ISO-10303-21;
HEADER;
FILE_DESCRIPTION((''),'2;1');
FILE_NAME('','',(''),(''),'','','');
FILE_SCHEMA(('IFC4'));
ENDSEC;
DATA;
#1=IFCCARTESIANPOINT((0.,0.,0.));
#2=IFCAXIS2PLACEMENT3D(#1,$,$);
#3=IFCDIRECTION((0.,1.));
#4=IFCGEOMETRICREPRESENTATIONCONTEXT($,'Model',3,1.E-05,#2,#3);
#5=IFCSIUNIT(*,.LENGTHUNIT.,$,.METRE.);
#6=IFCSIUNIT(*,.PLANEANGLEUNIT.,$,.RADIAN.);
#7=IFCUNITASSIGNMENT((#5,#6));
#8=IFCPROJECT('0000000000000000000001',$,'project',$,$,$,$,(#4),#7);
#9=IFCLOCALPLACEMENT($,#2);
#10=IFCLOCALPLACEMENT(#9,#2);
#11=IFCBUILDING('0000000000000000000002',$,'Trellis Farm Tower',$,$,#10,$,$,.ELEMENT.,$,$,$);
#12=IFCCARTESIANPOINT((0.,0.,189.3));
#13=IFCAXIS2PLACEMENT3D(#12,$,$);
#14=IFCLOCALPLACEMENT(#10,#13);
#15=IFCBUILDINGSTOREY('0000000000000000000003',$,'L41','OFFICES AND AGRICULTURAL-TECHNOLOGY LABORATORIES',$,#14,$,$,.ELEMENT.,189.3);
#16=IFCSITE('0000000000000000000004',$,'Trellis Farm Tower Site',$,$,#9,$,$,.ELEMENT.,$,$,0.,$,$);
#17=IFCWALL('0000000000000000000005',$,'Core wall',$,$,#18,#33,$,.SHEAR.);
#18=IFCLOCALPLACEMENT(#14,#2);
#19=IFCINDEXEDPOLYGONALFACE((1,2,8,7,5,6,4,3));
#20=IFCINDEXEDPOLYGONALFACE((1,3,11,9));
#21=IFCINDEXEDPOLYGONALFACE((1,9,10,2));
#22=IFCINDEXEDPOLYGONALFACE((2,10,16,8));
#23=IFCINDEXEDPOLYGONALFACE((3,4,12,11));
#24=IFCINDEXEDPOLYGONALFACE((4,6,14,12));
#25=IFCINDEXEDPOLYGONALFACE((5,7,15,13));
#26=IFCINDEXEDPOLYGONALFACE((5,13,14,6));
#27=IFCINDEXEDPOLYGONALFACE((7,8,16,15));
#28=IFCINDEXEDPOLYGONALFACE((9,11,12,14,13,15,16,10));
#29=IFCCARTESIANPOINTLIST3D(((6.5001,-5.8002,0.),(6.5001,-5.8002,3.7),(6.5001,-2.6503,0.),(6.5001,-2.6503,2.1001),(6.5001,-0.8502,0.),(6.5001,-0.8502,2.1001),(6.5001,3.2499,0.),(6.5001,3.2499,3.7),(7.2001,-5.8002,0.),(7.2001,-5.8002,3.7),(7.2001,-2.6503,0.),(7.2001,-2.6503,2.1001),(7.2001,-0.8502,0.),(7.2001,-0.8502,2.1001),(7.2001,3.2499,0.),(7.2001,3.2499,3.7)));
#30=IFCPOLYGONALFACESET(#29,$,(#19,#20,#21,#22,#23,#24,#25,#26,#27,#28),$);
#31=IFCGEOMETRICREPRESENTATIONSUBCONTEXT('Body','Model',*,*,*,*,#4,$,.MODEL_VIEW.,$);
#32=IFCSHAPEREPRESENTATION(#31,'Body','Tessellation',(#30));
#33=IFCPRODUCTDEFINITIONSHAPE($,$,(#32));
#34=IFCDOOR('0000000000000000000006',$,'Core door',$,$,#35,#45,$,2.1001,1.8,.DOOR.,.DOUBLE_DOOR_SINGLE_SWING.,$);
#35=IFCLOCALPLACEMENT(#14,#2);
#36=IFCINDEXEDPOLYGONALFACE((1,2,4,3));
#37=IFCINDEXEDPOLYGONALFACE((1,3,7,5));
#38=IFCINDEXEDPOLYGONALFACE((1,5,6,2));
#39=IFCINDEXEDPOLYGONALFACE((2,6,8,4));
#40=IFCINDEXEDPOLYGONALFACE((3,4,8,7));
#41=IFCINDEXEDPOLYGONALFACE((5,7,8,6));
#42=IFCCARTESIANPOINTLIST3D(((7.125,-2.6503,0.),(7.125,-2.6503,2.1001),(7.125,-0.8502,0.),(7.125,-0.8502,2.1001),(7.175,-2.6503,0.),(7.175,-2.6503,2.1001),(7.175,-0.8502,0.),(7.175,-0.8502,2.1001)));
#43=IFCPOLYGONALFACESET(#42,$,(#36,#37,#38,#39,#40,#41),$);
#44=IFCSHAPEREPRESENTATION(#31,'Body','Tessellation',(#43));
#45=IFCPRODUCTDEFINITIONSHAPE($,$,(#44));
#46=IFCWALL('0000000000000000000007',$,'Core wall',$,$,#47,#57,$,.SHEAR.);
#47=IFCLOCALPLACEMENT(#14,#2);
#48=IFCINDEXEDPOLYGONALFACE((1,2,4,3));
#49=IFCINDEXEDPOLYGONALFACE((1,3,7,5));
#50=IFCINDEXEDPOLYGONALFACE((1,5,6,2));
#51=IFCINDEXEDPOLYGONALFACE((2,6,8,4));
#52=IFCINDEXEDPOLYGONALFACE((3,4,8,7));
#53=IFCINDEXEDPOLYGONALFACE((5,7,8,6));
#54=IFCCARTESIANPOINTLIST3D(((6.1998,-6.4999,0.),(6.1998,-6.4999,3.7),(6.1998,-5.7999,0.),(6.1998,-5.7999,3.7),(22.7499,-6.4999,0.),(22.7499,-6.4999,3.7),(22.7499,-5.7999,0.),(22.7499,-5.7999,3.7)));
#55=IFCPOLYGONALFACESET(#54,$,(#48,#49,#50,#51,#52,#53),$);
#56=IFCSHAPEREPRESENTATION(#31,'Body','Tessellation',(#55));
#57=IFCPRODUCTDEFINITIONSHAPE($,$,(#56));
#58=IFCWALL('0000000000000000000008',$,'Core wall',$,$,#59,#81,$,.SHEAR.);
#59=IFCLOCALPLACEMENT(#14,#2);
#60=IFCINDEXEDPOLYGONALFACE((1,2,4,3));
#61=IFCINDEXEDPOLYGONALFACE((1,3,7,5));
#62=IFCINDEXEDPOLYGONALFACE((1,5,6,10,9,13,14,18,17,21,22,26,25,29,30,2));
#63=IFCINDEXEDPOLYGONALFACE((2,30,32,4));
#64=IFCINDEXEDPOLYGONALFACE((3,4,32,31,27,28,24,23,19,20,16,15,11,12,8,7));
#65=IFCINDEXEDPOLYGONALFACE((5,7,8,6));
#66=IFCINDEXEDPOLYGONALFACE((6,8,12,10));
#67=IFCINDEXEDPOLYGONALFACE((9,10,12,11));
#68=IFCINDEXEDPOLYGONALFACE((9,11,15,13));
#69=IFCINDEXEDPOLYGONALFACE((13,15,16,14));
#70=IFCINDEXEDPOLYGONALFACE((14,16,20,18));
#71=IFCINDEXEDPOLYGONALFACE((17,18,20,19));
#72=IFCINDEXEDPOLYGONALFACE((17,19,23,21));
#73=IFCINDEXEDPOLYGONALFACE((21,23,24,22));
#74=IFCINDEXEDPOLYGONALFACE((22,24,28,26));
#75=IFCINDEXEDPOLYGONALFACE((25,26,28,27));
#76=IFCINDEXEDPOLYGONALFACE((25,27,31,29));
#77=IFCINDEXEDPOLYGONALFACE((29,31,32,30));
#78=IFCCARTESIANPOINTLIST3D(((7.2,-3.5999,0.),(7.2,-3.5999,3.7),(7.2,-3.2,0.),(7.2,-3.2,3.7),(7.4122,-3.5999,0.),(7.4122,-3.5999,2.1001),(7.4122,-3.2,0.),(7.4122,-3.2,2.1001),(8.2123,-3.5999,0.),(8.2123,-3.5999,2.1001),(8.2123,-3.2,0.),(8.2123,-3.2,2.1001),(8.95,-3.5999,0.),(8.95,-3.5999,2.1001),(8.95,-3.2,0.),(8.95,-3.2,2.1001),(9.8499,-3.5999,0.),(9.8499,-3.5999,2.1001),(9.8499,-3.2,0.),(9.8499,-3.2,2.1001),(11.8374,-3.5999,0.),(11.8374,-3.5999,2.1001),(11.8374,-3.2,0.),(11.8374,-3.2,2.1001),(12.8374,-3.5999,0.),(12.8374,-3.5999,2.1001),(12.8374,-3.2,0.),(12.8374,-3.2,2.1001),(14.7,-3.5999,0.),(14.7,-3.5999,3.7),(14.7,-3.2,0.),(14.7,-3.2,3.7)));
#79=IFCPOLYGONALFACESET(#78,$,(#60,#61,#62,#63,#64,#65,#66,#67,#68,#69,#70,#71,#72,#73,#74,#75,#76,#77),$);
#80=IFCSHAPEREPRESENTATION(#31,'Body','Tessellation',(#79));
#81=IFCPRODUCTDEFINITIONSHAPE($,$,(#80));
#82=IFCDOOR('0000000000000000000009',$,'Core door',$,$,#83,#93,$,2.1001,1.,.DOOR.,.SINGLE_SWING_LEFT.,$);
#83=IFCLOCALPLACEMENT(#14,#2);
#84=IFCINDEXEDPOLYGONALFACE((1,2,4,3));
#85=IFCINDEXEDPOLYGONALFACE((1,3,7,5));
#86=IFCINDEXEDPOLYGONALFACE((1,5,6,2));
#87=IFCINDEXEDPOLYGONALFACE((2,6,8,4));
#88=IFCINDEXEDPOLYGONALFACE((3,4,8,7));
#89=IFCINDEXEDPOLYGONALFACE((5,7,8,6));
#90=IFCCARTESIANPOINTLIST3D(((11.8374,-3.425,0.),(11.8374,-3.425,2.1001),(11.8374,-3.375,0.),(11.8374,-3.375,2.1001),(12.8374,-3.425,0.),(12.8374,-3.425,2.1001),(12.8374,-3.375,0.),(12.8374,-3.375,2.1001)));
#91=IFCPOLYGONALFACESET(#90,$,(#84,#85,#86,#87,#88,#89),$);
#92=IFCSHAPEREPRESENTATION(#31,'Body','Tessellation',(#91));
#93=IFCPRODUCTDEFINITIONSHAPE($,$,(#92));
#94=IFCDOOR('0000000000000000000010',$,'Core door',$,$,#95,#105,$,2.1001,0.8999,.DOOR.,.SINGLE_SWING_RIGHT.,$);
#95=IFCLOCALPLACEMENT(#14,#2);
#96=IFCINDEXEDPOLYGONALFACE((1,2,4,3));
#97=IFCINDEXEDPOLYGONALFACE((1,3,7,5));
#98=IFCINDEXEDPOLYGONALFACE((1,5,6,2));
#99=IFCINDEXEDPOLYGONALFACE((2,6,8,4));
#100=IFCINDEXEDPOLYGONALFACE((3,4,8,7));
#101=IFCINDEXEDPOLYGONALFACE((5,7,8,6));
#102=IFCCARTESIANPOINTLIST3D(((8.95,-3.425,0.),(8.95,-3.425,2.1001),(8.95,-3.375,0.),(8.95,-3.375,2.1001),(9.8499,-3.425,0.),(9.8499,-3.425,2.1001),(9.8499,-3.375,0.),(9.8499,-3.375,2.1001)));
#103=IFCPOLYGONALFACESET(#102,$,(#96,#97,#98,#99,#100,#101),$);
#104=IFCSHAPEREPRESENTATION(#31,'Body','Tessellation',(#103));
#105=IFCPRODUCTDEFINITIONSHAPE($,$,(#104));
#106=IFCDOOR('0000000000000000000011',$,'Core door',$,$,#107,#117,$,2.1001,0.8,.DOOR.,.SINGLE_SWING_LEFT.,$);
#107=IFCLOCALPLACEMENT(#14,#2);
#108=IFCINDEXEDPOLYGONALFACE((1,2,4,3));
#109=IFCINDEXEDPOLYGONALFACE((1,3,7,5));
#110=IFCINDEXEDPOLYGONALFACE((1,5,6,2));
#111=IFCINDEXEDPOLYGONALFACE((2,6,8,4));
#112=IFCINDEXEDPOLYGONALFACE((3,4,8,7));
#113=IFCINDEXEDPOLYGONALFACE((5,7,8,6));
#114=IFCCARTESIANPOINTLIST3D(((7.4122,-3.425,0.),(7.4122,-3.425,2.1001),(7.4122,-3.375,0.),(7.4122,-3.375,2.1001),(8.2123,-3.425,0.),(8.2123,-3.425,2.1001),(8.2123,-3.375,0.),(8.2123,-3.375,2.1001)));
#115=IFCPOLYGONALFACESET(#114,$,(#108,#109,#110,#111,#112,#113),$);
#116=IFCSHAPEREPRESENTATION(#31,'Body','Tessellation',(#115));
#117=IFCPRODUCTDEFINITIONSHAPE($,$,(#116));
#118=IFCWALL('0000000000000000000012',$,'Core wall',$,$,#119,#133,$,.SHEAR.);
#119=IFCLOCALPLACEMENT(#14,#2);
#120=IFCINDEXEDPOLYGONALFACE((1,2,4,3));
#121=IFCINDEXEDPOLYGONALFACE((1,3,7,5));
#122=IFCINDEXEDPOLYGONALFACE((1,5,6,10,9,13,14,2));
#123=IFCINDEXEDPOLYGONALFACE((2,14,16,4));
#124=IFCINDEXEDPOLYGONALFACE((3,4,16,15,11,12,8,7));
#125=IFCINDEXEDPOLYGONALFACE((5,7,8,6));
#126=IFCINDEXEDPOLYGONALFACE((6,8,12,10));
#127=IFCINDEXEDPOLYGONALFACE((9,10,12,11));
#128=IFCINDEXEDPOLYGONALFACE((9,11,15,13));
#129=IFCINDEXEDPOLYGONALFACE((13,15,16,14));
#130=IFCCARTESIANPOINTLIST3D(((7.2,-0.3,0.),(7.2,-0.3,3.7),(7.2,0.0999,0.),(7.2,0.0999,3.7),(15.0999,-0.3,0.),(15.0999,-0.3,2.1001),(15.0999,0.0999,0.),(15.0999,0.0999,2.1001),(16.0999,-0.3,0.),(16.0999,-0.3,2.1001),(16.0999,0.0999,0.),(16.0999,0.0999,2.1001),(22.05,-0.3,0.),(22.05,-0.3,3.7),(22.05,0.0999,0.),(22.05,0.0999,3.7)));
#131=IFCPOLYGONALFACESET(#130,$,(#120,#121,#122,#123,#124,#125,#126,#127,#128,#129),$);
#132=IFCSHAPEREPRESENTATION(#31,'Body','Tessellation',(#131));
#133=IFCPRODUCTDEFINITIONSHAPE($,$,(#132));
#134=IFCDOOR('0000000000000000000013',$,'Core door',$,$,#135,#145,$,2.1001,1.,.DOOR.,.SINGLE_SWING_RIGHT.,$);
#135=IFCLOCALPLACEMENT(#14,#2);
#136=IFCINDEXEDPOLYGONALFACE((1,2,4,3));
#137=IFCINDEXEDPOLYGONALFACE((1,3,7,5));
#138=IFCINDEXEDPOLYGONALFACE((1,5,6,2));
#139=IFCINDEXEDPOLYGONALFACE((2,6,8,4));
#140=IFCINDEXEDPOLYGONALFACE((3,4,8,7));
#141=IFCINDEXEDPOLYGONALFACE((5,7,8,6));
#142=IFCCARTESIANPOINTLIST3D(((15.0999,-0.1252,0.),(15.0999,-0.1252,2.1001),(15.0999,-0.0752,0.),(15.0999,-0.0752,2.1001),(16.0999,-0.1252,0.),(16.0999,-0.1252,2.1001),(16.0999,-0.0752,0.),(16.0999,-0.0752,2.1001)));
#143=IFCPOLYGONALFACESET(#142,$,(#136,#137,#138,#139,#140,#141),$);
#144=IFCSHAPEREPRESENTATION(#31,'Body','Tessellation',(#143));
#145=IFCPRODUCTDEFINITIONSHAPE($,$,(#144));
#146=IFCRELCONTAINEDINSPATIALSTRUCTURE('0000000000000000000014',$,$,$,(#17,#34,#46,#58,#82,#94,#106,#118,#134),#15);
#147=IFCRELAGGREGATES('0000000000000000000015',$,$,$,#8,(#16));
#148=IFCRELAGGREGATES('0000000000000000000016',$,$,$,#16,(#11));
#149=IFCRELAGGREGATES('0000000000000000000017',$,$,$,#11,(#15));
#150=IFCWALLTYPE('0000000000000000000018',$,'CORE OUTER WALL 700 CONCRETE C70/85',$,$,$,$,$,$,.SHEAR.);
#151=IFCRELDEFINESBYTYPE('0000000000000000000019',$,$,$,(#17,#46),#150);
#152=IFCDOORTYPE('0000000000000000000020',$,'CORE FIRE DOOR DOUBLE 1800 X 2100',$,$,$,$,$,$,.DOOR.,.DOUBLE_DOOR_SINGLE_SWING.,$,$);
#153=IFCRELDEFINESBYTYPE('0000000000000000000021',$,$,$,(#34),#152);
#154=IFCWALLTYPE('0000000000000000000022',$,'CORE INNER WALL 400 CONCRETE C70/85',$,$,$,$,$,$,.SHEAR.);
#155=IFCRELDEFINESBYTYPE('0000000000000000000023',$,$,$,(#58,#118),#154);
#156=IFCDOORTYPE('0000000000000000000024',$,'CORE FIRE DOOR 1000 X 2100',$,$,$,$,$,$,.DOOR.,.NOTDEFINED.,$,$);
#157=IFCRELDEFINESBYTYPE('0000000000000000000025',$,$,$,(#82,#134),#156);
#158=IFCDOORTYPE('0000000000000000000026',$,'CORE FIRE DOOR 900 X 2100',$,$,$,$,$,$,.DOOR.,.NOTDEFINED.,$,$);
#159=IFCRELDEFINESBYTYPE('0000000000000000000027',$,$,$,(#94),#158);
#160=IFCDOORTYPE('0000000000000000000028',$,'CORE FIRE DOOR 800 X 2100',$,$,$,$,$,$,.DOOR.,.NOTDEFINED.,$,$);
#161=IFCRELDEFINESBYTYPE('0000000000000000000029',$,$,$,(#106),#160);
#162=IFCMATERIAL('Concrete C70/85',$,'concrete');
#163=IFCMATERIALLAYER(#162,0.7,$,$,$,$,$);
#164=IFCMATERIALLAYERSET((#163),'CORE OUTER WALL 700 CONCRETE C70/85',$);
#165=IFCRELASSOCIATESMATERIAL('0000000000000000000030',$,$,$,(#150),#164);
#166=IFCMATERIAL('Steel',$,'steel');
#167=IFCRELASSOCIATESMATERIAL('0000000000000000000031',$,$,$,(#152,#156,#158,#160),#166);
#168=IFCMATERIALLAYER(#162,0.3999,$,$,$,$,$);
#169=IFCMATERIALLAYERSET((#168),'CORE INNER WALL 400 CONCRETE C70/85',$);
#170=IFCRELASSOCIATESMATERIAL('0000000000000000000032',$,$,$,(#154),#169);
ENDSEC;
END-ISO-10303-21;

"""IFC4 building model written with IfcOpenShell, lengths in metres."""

from ifc_helpers import new_model, si_unit, direction, frame, frame_2d, origin, place, context, subcontext, project, spatial, rectangle, extrude, source, transform, mapped, material, layer, layer_set, type_object, element, fill, save


model = new_model("IFC4")

# Units and contexts
model_context = context("Model", 3, precision=1e-05, world=origin(), true_north=direction((0.0, 1.0)))
body_context = subcontext(model_context, "Body", "Model", "MODEL_VIEW")
ifc_project = project(units=[si_unit("LENGTHUNIT", "METRE"), si_unit("PLANEANGLEUNIT", "RADIAN")], contexts=[model_context])

# Site, building, storey
site_placement = place(None, origin())
site = spatial("IfcSite", under=ifc_project, at=site_placement, Name="Trellis Farm Tower Site", CompositionType="ELEMENT", RefElevation=0.0)
building_placement = place(site_placement, origin())
building = spatial("IfcBuilding", under=site, at=building_placement, Name="Trellis Farm Tower", CompositionType="ELEMENT")
storey_placement = place(building_placement, frame((0.0, 0.0, 189.3)))
storey = spatial("IfcBuildingStorey", under=building, at=storey_placement, Name="L41", Description="OFFICES AND AGRICULTURAL-TECHNOLOGY LABORATORIES", CompositionType="ELEMENT", Elevation=189.3)

# Shared definitions
ifc_material_1 = material(Name="Concrete C70/85", Category="concrete")

# Wall, opening, door
ifc_layer_1 = layer(ifc_material_1, 0.7)
ifc_layer_set_1 = layer_set([ifc_layer_1], Name="CORE OUTER WALL 700 CONCRETE C70/85")
wall_type_1 = type_object("IfcWallType", Name="CORE OUTER WALL 700 CONCRETE C70/85", PredefinedType="SHEAR", material=ifc_layer_set_1)
shared_shape_1 = source(origin(), body_context, "Body", "SweptSolid", [
    extrude(rectangle(XDim=9.05, YDim=0.7, at=frame_2d((4.5249, 0.0))), origin(), (0.0, 0.0, 1.0), 3.7),
])
wall_1_placement = place(storey_placement, frame((6.8501, -5.8, 0.0), z_axis=(0.0, 0.0, 1.0), x_axis=(0.0, 1.0, 0.0)))
wall_1 = element("IfcWall", 1, at=wall_1_placement, inside=storey, type_object=wall_type_1, Name="Core wall", PredefinedType="SHEAR", context=body_context, shape_type="MappedRepresentation", body=[
    mapped(shared_shape_1, transform((0.0, 0.0, 0.0))),
])
shared_shape_2 = source(origin(), body_context, "Body", "SweptSolid", [
    extrude(rectangle(XDim=1.8, YDim=2.1001, at=frame_2d((0.8999, 1.05))), frame((0.0, 0.3601, 0.0), z_axis=(0.0, -1.0, 0.0), x_axis=(1.0, 0.0, 0.0)), (0.0, 0.0, 1.0), 0.7202),
])
opening_1_placement = place(wall_1_placement, frame((3.1499, 0.0, 0.0)))
opening_1 = element("IfcOpeningElement", 2, at=opening_1_placement, cuts=wall_1, PredefinedType="OPENING", context=body_context, shape_type="MappedRepresentation", body=[
    mapped(shared_shape_2, transform((0.0, 0.0, 0.0))),
])
ifc_material_2 = material(Name="Steel", Category="steel")
door_type_1 = type_object("IfcDoorType", Name="CORE FIRE DOOR DOUBLE 1800 X 2100", OperationType="DOUBLE_DOOR_SINGLE_SWING", PredefinedType="DOOR", material=ifc_material_2)
shared_shape_3 = source(origin(), body_context, "Body", "SweptSolid", [
    extrude(rectangle(XDim=1.8, YDim=2.1001, at=frame_2d((0.8999, 1.05))), frame((0.0, -0.2749, 0.0), z_axis=(0.0, -1.0, 0.0), x_axis=(1.0, 0.0, 0.0)), (0.0, 0.0, 1.0), 0.05),
])
door_1_placement = place(opening_1_placement, origin())
door_1 = element("IfcDoor", 3, at=door_1_placement, inside=storey, type_object=door_type_1, Name="Core door", OperationType="DOUBLE_DOOR_SINGLE_SWING", OverallHeight=2.1001, OverallWidth=1.8, PredefinedType="DOOR", context=body_context, shape_type="MappedRepresentation", body=[
    mapped(shared_shape_3, transform((0.0, 0.0, 0.0))),
])
fill(opening_1, door_1)

# Wall
shared_shape_4 = source(origin(), body_context, "Body", "SweptSolid", [
    extrude(rectangle(XDim=16.55, YDim=0.7, at=frame_2d((8.2749, 0.0))), origin(), (0.0, 0.0, 1.0), 3.7),
])
wall_2_placement = place(storey_placement, frame((6.2, -6.1499, 0.0), z_axis=(0.0, 0.0, 1.0), x_axis=(1.0, 0.0, 0.0)))
element("IfcWall", 4, at=wall_2_placement, inside=storey, type_object=wall_type_1, Name="Core wall", PredefinedType="SHEAR", context=body_context, shape_type="MappedRepresentation", body=[
    mapped(shared_shape_4, transform((0.0, 0.0, 0.0))),
])

# Wall, openings, doors
ifc_layer_2 = layer(ifc_material_1, 0.3999)
ifc_layer_set_2 = layer_set([ifc_layer_2], Name="CORE INNER WALL 400 CONCRETE C70/85")
wall_type_2 = type_object("IfcWallType", Name="CORE INNER WALL 400 CONCRETE C70/85", PredefinedType="SHEAR", material=ifc_layer_set_2)
shared_shape_5 = source(origin(), body_context, "Body", "SweptSolid", [
    extrude(rectangle(XDim=7.5, YDim=0.3999, at=frame_2d((3.75, 0.0))), origin(), (0.0, 0.0, 1.0), 3.7),
])
wall_3_placement = place(storey_placement, frame((7.2, -3.3999, 0.0), z_axis=(0.0, 0.0, 1.0), x_axis=(1.0, 0.0, 0.0)))
wall_3 = element("IfcWall", 5, at=wall_3_placement, inside=storey, type_object=wall_type_2, Name="Core wall", PredefinedType="SHEAR", context=body_context, shape_type="MappedRepresentation", body=[
    mapped(shared_shape_5, transform((0.0, 0.0, 0.0))),
])
shared_shape_6 = source(origin(), body_context, "Body", "SweptSolid", [
    extrude(rectangle(XDim=0.8, YDim=2.1001, at=frame_2d((0.3999, 1.05))), frame((0.0, 0.21, 0.0), z_axis=(0.0, -1.0, 0.0), x_axis=(1.0, 0.0, 0.0)), (0.0, 0.0, 1.0), 0.4199),
])
opening_2_placement = place(wall_3_placement, frame((0.2124, 0.0, 0.0)))
opening_2 = element("IfcOpeningElement", 6, at=opening_2_placement, cuts=wall_3, PredefinedType="OPENING", context=body_context, shape_type="MappedRepresentation", body=[
    mapped(shared_shape_6, transform((0.0, 0.0, 0.0))),
])
shared_shape_7 = source(origin(), body_context, "Body", "SweptSolid", [
    extrude(rectangle(XDim=0.8999, YDim=2.1001, at=frame_2d((0.45, 1.05))), frame((0.0, 0.21, 0.0), z_axis=(0.0, -1.0, 0.0), x_axis=(1.0, 0.0, 0.0)), (0.0, 0.0, 1.0), 0.4199),
])
opening_3_placement = place(wall_3_placement, frame((1.75, 0.0, 0.0)))
opening_3 = element("IfcOpeningElement", 7, at=opening_3_placement, cuts=wall_3, PredefinedType="OPENING", context=body_context, shape_type="MappedRepresentation", body=[
    mapped(shared_shape_7, transform((0.0, 0.0, 0.0))),
])
shared_shape_8 = source(origin(), body_context, "Body", "SweptSolid", [
    extrude(rectangle(XDim=1.0, YDim=2.1001, at=frame_2d((0.5, 1.05))), frame((0.0, 0.21, 0.0), z_axis=(0.0, -1.0, 0.0), x_axis=(1.0, 0.0, 0.0)), (0.0, 0.0, 1.0), 0.4199),
])
opening_4_placement = place(wall_3_placement, frame((4.6375, 0.0, 0.0)))
opening_4 = element("IfcOpeningElement", 8, at=opening_4_placement, cuts=wall_3, PredefinedType="OPENING", context=body_context, shape_type="MappedRepresentation", body=[
    mapped(shared_shape_8, transform((0.0, 0.0, 0.0))),
])
door_type_2 = type_object("IfcDoorType", Name="CORE FIRE DOOR 1000 X 2100", OperationType="NOTDEFINED", PredefinedType="DOOR", material=ifc_material_2)
shared_shape_9 = source(origin(), body_context, "Body", "SweptSolid", [
    extrude(rectangle(XDim=1.0, YDim=2.1001, at=frame_2d((0.5, 1.05))), frame((0.0, 0.0249, 0.0), z_axis=(0.0, -1.0, 0.0), x_axis=(1.0, 0.0, 0.0)), (0.0, 0.0, 1.0), 0.05),
])
door_2_placement = place(opening_4_placement, origin())
door_2 = element("IfcDoor", 9, at=door_2_placement, inside=storey, type_object=door_type_2, Name="Core door", OperationType="SINGLE_SWING_LEFT", OverallHeight=2.1001, OverallWidth=1.0, PredefinedType="DOOR", context=body_context, shape_type="MappedRepresentation", body=[
    mapped(shared_shape_9, transform((0.0, 0.0, 0.0))),
])
fill(opening_4, door_2)
door_type_3 = type_object("IfcDoorType", Name="CORE FIRE DOOR 900 X 2100", OperationType="NOTDEFINED", PredefinedType="DOOR", material=ifc_material_2)
shared_shape_10 = source(origin(), body_context, "Body", "SweptSolid", [
    extrude(rectangle(XDim=0.8999, YDim=2.1001, at=frame_2d((0.45, 1.05))), frame((0.0, 0.0249, 0.0), z_axis=(0.0, -1.0, 0.0), x_axis=(1.0, 0.0, 0.0)), (0.0, 0.0, 1.0), 0.05),
])
door_3_placement = place(opening_3_placement, origin())
door_3 = element("IfcDoor", 10, at=door_3_placement, inside=storey, type_object=door_type_3, Name="Core door", OperationType="SINGLE_SWING_RIGHT", OverallHeight=2.1001, OverallWidth=0.8999, PredefinedType="DOOR", context=body_context, shape_type="MappedRepresentation", body=[
    mapped(shared_shape_10, transform((0.0, 0.0, 0.0))),
])
fill(opening_3, door_3)
door_type_4 = type_object("IfcDoorType", Name="CORE FIRE DOOR 800 X 2100", OperationType="NOTDEFINED", PredefinedType="DOOR", material=ifc_material_2)
shared_shape_11 = source(origin(), body_context, "Body", "SweptSolid", [
    extrude(rectangle(XDim=0.8, YDim=2.1001, at=frame_2d((0.3999, 1.05))), frame((0.0, 0.0249, 0.0), z_axis=(0.0, -1.0, 0.0), x_axis=(1.0, 0.0, 0.0)), (0.0, 0.0, 1.0), 0.05),
])
door_4_placement = place(opening_2_placement, origin())
door_4 = element("IfcDoor", 11, at=door_4_placement, inside=storey, type_object=door_type_4, Name="Core door", OperationType="SINGLE_SWING_LEFT", OverallHeight=2.1001, OverallWidth=0.8, PredefinedType="DOOR", context=body_context, shape_type="MappedRepresentation", body=[
    mapped(shared_shape_11, transform((0.0, 0.0, 0.0))),
])
fill(opening_2, door_4)

# Wall, opening, door
shared_shape_12 = source(origin(), body_context, "Body", "SweptSolid", [
    extrude(rectangle(XDim=14.8501, YDim=0.3999, at=frame_2d((7.425, 0.0))), origin(), (0.0, 0.0, 1.0), 3.7),
])
wall_4_placement = place(storey_placement, frame((7.2, -0.1001, 0.0), z_axis=(0.0, 0.0, 1.0), x_axis=(1.0, 0.0, 0.0)))
wall_4 = element("IfcWall", 12, at=wall_4_placement, inside=storey, type_object=wall_type_2, Name="Core wall", PredefinedType="SHEAR", context=body_context, shape_type="MappedRepresentation", body=[
    mapped(shared_shape_12, transform((0.0, 0.0, 0.0))),
])
opening_5_placement = place(wall_4_placement, frame((7.8999, 0.0, 0.0)))
opening_5 = element("IfcOpeningElement", 13, at=opening_5_placement, cuts=wall_4, PredefinedType="OPENING", context=body_context, shape_type="MappedRepresentation", body=[
    mapped(shared_shape_8, transform((0.0, 0.0, 0.0))),
])
door_5_placement = place(opening_5_placement, origin())
door_5 = element("IfcDoor", 14, at=door_5_placement, inside=storey, type_object=door_type_2, Name="Core door", OperationType="SINGLE_SWING_RIGHT", OverallHeight=2.1001, OverallWidth=1.0, PredefinedType="DOOR", context=body_context, shape_type="MappedRepresentation", body=[
    mapped(shared_shape_9, transform((0.0, 0.0, 0.0))),
])
fill(opening_5, door_5)

save(model, "model.ifc")
